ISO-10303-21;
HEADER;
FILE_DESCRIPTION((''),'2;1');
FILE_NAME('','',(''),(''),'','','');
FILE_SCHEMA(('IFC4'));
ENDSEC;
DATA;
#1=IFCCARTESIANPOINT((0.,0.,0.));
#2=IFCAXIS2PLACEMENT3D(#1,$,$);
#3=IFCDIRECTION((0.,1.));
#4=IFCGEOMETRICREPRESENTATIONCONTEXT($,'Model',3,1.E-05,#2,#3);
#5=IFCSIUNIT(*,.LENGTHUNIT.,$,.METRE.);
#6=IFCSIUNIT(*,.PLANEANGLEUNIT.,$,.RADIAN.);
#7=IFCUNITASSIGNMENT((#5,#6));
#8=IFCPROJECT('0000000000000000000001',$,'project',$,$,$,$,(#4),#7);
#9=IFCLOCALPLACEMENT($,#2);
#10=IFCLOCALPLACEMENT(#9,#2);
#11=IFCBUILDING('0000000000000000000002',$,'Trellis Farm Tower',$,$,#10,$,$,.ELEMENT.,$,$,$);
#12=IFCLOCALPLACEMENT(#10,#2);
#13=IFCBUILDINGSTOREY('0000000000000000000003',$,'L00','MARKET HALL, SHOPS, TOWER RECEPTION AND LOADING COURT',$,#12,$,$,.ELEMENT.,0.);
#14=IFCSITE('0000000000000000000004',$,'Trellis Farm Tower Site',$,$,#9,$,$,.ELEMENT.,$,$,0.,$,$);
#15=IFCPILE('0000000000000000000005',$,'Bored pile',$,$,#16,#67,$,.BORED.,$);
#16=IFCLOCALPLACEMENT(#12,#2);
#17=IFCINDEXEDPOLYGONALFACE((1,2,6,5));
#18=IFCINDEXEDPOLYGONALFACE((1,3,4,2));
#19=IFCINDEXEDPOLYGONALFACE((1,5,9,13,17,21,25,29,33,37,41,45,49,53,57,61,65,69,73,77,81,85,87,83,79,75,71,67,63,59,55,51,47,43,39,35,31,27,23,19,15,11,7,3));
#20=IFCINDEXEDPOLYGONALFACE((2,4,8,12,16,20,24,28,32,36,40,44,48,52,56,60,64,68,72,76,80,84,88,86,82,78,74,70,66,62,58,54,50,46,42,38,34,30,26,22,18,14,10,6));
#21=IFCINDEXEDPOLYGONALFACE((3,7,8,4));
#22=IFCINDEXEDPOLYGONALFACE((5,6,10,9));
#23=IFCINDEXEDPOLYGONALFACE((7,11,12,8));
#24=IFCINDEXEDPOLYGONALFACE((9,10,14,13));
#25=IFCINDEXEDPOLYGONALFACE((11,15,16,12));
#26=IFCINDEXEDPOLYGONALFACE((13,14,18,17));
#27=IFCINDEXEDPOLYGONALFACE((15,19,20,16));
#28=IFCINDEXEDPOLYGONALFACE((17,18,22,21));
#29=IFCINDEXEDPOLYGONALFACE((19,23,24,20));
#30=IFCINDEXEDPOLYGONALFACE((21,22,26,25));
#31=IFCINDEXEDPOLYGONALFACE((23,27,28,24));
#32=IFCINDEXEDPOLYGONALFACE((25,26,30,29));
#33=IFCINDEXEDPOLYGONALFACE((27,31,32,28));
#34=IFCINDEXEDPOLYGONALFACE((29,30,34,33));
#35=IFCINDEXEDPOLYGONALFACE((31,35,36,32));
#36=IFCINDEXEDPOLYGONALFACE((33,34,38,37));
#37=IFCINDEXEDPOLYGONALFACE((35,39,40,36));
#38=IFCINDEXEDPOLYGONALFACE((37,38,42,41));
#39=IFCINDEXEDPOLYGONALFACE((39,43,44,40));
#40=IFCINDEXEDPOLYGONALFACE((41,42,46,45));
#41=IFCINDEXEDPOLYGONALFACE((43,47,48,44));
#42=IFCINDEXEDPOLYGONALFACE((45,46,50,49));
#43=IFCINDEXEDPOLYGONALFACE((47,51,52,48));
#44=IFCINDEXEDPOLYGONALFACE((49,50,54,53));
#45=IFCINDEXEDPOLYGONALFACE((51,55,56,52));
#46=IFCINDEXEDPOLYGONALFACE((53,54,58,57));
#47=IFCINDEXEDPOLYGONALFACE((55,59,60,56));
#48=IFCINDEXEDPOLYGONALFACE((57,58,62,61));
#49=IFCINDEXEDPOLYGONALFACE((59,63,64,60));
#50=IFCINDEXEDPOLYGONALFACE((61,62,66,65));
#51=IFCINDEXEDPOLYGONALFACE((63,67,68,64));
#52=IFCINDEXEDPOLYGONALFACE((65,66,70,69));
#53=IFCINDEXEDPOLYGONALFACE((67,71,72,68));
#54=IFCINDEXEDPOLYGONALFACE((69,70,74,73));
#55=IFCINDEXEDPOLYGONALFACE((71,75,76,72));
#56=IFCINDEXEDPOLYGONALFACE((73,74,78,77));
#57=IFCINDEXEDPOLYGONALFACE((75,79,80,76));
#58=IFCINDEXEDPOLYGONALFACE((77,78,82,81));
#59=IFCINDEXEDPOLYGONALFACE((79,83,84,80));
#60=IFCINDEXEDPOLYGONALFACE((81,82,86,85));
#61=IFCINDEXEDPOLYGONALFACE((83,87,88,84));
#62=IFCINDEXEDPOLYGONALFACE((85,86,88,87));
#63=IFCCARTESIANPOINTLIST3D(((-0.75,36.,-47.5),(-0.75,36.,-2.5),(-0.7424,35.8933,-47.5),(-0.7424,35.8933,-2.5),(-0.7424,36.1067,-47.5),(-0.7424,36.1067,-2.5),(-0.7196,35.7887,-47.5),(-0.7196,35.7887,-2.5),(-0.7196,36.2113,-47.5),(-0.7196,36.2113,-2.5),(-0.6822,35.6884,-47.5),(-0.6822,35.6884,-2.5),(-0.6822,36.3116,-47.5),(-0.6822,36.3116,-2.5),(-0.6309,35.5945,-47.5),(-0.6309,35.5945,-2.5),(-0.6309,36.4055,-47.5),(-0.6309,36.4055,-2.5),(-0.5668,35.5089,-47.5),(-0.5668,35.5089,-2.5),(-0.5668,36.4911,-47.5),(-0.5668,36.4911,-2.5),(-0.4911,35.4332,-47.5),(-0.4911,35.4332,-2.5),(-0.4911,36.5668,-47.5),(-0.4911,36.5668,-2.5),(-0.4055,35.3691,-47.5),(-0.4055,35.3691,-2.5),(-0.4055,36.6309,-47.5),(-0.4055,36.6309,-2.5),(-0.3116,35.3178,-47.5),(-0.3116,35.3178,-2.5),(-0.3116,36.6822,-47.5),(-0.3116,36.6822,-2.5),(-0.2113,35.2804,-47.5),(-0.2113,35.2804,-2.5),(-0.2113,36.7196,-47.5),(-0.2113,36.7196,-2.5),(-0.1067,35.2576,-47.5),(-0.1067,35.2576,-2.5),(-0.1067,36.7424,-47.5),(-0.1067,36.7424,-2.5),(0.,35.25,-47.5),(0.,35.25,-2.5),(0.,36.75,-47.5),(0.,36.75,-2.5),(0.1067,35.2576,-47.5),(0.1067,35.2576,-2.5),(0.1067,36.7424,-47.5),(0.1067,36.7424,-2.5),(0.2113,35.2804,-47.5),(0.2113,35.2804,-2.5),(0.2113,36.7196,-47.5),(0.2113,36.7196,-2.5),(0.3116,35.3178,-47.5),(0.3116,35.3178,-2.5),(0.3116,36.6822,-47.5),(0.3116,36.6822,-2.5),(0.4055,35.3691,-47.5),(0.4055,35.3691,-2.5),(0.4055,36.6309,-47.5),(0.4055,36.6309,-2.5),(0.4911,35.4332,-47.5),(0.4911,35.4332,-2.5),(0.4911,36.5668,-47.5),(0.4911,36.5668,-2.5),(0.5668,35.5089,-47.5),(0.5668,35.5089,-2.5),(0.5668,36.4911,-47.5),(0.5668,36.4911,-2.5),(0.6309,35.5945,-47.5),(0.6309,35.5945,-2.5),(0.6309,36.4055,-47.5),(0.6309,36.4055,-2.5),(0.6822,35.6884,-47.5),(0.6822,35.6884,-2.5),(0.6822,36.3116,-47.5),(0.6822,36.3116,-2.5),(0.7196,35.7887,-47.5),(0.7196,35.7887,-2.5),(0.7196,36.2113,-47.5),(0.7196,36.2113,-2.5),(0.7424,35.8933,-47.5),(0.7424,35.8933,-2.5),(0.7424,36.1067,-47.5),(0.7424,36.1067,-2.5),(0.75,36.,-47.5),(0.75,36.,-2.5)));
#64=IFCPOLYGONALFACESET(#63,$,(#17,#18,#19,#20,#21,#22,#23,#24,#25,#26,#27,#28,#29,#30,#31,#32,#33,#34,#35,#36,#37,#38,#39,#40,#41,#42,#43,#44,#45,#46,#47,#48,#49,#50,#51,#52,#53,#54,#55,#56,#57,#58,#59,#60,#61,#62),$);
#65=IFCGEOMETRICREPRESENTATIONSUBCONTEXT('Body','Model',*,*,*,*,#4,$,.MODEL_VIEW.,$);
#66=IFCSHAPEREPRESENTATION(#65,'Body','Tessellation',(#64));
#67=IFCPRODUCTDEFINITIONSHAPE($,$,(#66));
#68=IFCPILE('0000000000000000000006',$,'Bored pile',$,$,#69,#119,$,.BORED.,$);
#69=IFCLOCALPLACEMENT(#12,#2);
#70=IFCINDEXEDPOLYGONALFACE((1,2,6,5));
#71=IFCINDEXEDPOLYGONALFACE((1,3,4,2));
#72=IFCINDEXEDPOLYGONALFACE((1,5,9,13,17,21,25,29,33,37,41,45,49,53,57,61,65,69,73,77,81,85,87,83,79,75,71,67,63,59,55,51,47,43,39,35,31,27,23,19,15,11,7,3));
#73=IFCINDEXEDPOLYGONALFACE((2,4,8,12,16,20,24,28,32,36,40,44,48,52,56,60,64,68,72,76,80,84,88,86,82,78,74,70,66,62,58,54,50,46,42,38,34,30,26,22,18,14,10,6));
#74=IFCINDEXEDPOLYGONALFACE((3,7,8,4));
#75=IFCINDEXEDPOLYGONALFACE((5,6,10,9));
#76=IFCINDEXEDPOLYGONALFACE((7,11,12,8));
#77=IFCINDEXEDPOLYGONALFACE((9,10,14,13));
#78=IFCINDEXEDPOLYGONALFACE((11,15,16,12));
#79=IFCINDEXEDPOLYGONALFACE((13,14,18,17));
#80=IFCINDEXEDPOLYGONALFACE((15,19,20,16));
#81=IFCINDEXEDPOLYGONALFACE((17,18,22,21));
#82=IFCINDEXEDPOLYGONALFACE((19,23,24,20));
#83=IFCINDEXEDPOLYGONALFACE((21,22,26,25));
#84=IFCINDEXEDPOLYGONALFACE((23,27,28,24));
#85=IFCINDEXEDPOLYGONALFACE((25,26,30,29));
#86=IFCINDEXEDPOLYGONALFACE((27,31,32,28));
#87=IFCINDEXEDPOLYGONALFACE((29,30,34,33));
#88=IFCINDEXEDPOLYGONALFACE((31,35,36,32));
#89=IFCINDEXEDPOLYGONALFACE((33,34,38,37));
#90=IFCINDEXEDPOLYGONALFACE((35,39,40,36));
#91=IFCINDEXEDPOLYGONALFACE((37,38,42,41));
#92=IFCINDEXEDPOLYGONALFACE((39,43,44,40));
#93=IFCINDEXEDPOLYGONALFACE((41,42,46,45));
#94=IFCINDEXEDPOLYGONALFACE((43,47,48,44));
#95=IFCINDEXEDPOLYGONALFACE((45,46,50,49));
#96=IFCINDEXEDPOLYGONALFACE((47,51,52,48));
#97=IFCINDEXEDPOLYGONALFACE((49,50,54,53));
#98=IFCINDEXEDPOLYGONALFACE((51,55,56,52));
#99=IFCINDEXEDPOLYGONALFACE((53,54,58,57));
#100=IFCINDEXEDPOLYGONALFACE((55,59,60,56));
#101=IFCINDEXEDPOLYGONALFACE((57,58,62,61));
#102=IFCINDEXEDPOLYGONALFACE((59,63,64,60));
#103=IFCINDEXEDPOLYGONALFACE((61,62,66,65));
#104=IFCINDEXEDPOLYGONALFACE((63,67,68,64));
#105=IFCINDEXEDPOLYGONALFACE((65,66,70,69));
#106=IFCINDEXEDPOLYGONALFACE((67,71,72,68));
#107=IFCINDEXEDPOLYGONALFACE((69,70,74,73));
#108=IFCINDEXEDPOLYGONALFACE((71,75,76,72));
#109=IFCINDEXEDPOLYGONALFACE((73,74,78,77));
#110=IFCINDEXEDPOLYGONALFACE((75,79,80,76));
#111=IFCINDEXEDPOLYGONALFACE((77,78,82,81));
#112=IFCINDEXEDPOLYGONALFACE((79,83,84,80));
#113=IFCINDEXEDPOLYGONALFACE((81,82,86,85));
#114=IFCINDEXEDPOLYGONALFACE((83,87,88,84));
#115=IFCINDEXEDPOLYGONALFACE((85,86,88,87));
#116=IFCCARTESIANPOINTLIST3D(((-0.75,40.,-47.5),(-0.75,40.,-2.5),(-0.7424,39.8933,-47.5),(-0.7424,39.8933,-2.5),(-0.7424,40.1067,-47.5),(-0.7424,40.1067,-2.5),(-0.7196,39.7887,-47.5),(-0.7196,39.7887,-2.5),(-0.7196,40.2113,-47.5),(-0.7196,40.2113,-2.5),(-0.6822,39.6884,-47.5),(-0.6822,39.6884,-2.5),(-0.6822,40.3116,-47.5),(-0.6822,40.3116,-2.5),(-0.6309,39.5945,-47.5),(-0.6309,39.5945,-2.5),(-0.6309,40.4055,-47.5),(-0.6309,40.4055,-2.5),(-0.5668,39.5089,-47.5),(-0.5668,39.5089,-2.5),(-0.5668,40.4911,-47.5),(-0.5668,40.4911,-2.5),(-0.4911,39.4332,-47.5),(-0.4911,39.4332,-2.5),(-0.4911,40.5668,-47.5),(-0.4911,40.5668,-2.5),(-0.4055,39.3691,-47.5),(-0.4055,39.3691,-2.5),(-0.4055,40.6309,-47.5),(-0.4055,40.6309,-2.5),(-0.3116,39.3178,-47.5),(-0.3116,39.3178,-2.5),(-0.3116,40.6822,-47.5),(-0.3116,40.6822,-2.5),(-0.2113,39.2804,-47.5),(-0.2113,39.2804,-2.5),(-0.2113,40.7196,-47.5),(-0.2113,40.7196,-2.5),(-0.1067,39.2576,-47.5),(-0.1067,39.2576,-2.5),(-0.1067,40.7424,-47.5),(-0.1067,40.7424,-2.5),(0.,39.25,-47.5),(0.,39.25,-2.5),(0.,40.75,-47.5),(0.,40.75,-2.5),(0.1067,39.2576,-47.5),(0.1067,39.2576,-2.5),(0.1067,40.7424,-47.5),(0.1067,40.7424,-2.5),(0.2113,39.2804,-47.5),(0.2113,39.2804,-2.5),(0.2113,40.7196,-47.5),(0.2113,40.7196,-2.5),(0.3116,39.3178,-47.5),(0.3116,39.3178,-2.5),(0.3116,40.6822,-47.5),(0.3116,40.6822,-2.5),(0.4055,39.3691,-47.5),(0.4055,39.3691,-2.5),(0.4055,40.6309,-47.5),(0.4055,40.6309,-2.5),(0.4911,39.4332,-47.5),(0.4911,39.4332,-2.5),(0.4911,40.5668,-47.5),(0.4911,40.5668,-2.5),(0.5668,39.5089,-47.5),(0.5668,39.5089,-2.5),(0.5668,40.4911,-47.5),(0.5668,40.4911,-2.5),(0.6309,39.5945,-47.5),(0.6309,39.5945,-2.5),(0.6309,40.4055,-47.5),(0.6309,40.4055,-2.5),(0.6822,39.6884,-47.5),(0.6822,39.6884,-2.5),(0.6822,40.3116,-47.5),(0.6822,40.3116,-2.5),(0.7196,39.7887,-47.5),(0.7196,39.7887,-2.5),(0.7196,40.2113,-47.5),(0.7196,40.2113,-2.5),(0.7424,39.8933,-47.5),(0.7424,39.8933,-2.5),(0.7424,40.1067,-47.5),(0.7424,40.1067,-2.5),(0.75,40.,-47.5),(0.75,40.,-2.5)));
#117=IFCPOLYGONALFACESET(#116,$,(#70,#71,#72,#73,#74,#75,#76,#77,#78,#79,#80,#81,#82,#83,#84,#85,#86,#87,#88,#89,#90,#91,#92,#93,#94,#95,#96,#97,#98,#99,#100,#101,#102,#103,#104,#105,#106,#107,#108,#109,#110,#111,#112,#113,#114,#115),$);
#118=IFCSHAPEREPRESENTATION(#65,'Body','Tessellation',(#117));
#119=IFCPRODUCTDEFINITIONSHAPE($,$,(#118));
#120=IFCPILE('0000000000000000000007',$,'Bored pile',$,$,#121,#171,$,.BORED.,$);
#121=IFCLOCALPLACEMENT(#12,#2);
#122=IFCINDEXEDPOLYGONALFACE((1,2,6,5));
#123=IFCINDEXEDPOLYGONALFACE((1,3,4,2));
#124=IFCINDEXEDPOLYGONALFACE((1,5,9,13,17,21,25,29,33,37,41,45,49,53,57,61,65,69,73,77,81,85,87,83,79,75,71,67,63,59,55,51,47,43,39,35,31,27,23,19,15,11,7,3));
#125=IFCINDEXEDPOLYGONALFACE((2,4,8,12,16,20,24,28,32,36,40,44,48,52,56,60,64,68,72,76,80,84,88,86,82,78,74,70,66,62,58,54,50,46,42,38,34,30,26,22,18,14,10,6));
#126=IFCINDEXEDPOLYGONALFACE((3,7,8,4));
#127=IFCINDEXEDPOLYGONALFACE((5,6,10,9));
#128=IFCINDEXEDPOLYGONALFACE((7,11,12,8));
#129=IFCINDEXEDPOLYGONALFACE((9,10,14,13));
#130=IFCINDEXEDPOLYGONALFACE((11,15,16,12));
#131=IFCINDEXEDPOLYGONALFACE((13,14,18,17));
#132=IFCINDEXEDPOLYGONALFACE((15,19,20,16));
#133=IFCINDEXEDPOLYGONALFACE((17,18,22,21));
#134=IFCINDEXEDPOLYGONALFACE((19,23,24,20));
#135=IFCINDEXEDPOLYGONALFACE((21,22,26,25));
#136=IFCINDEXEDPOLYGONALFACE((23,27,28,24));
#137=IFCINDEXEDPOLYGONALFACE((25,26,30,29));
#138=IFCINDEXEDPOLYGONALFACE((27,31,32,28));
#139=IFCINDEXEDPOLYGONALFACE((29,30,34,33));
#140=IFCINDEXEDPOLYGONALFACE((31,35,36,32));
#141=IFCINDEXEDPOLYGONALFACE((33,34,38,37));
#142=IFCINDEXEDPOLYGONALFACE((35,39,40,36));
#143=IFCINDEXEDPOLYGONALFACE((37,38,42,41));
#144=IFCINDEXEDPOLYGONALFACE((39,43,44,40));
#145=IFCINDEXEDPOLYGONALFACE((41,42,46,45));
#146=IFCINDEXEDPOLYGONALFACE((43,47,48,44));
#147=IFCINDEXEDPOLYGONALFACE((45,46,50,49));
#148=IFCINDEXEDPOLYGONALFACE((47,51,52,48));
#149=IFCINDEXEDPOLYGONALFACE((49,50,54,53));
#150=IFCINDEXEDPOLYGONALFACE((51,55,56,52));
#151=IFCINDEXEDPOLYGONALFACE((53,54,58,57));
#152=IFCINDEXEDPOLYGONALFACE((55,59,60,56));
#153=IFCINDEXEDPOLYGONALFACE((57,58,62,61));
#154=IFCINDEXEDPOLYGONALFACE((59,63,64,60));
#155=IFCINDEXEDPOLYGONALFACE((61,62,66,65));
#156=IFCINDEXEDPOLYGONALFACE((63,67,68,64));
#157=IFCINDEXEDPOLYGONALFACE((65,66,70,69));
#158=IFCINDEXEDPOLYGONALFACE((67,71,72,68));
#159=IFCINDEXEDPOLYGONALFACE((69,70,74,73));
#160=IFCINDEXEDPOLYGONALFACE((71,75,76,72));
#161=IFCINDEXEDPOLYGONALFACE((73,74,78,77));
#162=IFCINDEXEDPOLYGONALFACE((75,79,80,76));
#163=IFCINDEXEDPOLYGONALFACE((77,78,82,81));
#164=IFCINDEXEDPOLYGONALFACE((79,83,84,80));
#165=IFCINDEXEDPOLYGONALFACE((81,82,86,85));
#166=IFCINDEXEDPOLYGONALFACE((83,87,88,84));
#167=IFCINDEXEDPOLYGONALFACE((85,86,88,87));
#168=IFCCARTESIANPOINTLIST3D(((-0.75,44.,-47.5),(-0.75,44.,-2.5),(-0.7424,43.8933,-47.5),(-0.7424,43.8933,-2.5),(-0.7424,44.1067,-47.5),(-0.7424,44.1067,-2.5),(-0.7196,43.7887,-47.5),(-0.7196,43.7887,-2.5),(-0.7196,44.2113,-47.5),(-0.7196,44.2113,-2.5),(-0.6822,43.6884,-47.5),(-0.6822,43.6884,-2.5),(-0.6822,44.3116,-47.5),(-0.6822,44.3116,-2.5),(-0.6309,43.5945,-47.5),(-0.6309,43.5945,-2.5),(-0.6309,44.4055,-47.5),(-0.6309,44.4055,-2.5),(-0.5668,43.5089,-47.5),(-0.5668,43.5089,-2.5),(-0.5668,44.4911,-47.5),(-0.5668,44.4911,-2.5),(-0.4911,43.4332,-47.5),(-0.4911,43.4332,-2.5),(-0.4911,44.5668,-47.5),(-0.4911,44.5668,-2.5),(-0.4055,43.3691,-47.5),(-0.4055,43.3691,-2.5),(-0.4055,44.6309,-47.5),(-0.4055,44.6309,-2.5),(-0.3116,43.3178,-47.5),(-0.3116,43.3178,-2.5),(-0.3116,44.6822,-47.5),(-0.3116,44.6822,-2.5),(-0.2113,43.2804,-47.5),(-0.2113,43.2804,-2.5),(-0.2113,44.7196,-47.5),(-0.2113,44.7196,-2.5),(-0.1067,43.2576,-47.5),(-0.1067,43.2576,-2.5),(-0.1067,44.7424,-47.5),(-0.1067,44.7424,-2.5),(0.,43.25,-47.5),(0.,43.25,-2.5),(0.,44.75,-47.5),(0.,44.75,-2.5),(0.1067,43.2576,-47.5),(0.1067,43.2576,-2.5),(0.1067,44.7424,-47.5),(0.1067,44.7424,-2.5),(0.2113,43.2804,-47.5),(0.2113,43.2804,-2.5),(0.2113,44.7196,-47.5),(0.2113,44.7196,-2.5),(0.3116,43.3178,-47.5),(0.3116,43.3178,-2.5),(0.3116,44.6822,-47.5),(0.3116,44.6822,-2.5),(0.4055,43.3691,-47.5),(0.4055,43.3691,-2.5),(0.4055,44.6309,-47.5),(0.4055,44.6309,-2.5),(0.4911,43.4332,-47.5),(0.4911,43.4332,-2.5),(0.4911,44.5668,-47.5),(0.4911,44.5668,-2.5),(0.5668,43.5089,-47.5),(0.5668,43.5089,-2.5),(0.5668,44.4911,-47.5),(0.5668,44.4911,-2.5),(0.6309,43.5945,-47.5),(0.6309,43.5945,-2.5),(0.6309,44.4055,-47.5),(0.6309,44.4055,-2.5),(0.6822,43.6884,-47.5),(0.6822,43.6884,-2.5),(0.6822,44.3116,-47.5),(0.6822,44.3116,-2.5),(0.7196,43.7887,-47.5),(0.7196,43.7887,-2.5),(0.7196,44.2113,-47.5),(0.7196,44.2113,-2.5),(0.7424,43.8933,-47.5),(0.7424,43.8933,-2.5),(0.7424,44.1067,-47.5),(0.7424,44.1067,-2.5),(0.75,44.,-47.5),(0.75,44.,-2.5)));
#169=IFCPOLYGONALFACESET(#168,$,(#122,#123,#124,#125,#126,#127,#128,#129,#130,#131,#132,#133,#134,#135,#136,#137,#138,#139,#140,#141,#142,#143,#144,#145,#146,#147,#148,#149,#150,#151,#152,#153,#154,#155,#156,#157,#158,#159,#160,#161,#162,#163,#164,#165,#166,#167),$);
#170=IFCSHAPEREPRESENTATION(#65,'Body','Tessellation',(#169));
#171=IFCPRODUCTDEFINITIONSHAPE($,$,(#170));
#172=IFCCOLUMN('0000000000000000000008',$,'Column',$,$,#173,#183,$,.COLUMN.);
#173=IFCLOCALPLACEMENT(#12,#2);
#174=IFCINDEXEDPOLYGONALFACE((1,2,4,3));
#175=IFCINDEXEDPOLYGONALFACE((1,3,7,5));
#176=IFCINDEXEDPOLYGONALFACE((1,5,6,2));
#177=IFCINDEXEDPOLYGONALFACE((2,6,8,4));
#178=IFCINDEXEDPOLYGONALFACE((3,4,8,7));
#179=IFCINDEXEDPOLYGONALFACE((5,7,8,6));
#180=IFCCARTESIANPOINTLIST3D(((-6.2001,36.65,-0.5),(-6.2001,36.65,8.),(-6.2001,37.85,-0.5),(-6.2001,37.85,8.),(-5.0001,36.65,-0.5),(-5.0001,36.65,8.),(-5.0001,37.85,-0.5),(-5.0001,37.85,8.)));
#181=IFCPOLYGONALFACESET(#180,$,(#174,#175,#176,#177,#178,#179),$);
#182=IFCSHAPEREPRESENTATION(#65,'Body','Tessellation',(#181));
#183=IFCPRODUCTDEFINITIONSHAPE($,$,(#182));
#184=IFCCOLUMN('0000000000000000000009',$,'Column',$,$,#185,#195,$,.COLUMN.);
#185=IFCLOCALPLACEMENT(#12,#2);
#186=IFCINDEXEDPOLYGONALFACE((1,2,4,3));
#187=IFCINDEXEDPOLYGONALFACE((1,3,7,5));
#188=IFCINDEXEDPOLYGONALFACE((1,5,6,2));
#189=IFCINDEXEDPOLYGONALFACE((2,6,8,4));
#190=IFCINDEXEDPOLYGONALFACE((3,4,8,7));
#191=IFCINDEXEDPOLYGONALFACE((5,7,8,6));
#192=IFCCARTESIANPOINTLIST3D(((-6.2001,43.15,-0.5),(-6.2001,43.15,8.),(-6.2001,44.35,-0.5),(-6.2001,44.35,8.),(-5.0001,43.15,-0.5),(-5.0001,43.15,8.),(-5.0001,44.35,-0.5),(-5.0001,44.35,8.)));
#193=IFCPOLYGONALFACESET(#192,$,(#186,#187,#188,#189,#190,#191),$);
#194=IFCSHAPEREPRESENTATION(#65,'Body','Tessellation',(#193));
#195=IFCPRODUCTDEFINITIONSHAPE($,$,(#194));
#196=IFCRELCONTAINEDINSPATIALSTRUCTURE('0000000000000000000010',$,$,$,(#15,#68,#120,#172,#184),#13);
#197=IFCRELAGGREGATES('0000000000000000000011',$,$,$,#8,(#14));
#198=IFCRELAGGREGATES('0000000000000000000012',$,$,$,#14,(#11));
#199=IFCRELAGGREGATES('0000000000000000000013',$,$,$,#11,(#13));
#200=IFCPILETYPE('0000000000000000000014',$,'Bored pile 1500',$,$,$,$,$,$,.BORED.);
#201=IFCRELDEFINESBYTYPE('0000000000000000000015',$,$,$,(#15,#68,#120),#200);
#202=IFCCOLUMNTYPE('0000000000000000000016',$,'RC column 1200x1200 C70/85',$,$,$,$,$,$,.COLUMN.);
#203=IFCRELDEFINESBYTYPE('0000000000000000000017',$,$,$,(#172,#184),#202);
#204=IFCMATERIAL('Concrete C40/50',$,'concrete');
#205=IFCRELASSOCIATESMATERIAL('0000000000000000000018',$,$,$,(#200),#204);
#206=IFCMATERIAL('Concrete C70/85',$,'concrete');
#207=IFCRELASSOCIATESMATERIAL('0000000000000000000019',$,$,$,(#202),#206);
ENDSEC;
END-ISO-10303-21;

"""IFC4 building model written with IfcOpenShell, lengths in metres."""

from ifc_helpers import new_model, si_unit, direction, frame, origin, origin_2d, place, context, subcontext, project, spatial, rectangle, circle, extrude, source, transform, mapped, material, material_profile, profile_set, type_object, element, save


model = new_model("IFC4")

# Units and contexts
model_context = context("Model", 3, precision=1e-05, world=origin(), true_north=direction((0.0, 1.0)))
body_context = subcontext(model_context, "Body", "Model", "MODEL_VIEW")
ifc_project = project(units=[si_unit("LENGTHUNIT", "METRE"), si_unit("PLANEANGLEUNIT", "RADIAN")], contexts=[model_context])

# Site, building, storey
site_placement = place(None, origin())
site = spatial("IfcSite", under=ifc_project, at=site_placement, Name="Trellis Farm Tower Site", CompositionType="ELEMENT", RefElevation=0.0)
building_placement = place(site_placement, origin())
building = spatial("IfcBuilding", under=site, at=building_placement, Name="Trellis Farm Tower", CompositionType="ELEMENT")
storey_placement = place(building_placement, origin())
storey = spatial("IfcBuildingStorey", under=building, at=storey_placement, Name="L00", Description="MARKET HALL, SHOPS, TOWER RECEPTION AND LOADING COURT", CompositionType="ELEMENT", Elevation=0.0)

# Piles
ifc_material_1 = material(Name="Concrete C40/50", Category="concrete")
ifc_material_profile_1 = material_profile(ifc_material_1, circle(Radius=0.75, at=origin_2d()), Name="Bored pile 1500")
ifc_profile_set_1 = profile_set([ifc_material_profile_1], Name="Concrete C40/50")
pile_type = type_object("IfcPileType", Name="Bored pile 1500", PredefinedType="BORED", material=ifc_profile_set_1)
shared_shape_1 = source(origin(), body_context, "Body", "SweptSolid", [
    extrude(circle(Radius=0.75, at=origin_2d()), origin(), (0.0, 0.0, 1.0), 45.0),
])
for number, where, z_axis, x_axis, name in (
    (1, (0.0, 36.0, -2.5), (0.0, 0.0, -1.0), (1.0, 0.0, 0.0), "Bored pile"),
    (2, (0.0, 40.0, -2.5), (0.0, 0.0, -1.0), (1.0, 0.0, 0.0), "Bored pile"),
    (3, (0.0, 44.0, -2.5), (0.0, 0.0, -1.0), (1.0, 0.0, 0.0), "Bored pile"),
):
    element("IfcPile", number, at=place(storey_placement, frame(where, z_axis=z_axis, x_axis=x_axis)), inside=storey, type_object=pile_type, Name=name, PredefinedType="BORED", context=body_context, shape_type="MappedRepresentation", body=[
        mapped(shared_shape_1, transform((0.0, 0.0, 0.0))),
    ])

# Columns
ifc_material_2 = material(Name="Concrete C70/85", Category="concrete")
ifc_material_profile_2 = material_profile(ifc_material_2, rectangle(XDim=1.2, YDim=1.2, at=origin_2d()), Name="RC column 1200x1200 C70/85")
ifc_profile_set_2 = profile_set([ifc_material_profile_2], Name="Concrete C70/85")
column_type = type_object("IfcColumnType", Name="RC column 1200x1200 C70/85", PredefinedType="COLUMN", material=ifc_profile_set_2)
shared_shape_2 = source(origin(), body_context, "Body", "SweptSolid", [
    extrude(rectangle(XDim=1.2, YDim=1.2, at=origin_2d()), origin(), (0.0, 0.0, 1.0), 8.5),
])
for number, where, z_axis, x_axis, name in (
    (4, (-5.6001, 37.25, -0.5), (0.0, 0.0, 1.0), (1.0, 0.0, 0.0), "Column"),
    (5, (-5.6001, 43.75, -0.5), (0.0, 0.0, 1.0), (1.0, 0.0, 0.0), "Column"),
):
    element("IfcColumn", number, at=place(storey_placement, frame(where, z_axis=z_axis, x_axis=x_axis)), inside=storey, type_object=column_type, Name=name, PredefinedType="COLUMN", context=body_context, shape_type="MappedRepresentation", body=[
        mapped(shared_shape_2, transform((0.0, 0.0, 0.0))),
    ])

save(model, "model.ifc")
